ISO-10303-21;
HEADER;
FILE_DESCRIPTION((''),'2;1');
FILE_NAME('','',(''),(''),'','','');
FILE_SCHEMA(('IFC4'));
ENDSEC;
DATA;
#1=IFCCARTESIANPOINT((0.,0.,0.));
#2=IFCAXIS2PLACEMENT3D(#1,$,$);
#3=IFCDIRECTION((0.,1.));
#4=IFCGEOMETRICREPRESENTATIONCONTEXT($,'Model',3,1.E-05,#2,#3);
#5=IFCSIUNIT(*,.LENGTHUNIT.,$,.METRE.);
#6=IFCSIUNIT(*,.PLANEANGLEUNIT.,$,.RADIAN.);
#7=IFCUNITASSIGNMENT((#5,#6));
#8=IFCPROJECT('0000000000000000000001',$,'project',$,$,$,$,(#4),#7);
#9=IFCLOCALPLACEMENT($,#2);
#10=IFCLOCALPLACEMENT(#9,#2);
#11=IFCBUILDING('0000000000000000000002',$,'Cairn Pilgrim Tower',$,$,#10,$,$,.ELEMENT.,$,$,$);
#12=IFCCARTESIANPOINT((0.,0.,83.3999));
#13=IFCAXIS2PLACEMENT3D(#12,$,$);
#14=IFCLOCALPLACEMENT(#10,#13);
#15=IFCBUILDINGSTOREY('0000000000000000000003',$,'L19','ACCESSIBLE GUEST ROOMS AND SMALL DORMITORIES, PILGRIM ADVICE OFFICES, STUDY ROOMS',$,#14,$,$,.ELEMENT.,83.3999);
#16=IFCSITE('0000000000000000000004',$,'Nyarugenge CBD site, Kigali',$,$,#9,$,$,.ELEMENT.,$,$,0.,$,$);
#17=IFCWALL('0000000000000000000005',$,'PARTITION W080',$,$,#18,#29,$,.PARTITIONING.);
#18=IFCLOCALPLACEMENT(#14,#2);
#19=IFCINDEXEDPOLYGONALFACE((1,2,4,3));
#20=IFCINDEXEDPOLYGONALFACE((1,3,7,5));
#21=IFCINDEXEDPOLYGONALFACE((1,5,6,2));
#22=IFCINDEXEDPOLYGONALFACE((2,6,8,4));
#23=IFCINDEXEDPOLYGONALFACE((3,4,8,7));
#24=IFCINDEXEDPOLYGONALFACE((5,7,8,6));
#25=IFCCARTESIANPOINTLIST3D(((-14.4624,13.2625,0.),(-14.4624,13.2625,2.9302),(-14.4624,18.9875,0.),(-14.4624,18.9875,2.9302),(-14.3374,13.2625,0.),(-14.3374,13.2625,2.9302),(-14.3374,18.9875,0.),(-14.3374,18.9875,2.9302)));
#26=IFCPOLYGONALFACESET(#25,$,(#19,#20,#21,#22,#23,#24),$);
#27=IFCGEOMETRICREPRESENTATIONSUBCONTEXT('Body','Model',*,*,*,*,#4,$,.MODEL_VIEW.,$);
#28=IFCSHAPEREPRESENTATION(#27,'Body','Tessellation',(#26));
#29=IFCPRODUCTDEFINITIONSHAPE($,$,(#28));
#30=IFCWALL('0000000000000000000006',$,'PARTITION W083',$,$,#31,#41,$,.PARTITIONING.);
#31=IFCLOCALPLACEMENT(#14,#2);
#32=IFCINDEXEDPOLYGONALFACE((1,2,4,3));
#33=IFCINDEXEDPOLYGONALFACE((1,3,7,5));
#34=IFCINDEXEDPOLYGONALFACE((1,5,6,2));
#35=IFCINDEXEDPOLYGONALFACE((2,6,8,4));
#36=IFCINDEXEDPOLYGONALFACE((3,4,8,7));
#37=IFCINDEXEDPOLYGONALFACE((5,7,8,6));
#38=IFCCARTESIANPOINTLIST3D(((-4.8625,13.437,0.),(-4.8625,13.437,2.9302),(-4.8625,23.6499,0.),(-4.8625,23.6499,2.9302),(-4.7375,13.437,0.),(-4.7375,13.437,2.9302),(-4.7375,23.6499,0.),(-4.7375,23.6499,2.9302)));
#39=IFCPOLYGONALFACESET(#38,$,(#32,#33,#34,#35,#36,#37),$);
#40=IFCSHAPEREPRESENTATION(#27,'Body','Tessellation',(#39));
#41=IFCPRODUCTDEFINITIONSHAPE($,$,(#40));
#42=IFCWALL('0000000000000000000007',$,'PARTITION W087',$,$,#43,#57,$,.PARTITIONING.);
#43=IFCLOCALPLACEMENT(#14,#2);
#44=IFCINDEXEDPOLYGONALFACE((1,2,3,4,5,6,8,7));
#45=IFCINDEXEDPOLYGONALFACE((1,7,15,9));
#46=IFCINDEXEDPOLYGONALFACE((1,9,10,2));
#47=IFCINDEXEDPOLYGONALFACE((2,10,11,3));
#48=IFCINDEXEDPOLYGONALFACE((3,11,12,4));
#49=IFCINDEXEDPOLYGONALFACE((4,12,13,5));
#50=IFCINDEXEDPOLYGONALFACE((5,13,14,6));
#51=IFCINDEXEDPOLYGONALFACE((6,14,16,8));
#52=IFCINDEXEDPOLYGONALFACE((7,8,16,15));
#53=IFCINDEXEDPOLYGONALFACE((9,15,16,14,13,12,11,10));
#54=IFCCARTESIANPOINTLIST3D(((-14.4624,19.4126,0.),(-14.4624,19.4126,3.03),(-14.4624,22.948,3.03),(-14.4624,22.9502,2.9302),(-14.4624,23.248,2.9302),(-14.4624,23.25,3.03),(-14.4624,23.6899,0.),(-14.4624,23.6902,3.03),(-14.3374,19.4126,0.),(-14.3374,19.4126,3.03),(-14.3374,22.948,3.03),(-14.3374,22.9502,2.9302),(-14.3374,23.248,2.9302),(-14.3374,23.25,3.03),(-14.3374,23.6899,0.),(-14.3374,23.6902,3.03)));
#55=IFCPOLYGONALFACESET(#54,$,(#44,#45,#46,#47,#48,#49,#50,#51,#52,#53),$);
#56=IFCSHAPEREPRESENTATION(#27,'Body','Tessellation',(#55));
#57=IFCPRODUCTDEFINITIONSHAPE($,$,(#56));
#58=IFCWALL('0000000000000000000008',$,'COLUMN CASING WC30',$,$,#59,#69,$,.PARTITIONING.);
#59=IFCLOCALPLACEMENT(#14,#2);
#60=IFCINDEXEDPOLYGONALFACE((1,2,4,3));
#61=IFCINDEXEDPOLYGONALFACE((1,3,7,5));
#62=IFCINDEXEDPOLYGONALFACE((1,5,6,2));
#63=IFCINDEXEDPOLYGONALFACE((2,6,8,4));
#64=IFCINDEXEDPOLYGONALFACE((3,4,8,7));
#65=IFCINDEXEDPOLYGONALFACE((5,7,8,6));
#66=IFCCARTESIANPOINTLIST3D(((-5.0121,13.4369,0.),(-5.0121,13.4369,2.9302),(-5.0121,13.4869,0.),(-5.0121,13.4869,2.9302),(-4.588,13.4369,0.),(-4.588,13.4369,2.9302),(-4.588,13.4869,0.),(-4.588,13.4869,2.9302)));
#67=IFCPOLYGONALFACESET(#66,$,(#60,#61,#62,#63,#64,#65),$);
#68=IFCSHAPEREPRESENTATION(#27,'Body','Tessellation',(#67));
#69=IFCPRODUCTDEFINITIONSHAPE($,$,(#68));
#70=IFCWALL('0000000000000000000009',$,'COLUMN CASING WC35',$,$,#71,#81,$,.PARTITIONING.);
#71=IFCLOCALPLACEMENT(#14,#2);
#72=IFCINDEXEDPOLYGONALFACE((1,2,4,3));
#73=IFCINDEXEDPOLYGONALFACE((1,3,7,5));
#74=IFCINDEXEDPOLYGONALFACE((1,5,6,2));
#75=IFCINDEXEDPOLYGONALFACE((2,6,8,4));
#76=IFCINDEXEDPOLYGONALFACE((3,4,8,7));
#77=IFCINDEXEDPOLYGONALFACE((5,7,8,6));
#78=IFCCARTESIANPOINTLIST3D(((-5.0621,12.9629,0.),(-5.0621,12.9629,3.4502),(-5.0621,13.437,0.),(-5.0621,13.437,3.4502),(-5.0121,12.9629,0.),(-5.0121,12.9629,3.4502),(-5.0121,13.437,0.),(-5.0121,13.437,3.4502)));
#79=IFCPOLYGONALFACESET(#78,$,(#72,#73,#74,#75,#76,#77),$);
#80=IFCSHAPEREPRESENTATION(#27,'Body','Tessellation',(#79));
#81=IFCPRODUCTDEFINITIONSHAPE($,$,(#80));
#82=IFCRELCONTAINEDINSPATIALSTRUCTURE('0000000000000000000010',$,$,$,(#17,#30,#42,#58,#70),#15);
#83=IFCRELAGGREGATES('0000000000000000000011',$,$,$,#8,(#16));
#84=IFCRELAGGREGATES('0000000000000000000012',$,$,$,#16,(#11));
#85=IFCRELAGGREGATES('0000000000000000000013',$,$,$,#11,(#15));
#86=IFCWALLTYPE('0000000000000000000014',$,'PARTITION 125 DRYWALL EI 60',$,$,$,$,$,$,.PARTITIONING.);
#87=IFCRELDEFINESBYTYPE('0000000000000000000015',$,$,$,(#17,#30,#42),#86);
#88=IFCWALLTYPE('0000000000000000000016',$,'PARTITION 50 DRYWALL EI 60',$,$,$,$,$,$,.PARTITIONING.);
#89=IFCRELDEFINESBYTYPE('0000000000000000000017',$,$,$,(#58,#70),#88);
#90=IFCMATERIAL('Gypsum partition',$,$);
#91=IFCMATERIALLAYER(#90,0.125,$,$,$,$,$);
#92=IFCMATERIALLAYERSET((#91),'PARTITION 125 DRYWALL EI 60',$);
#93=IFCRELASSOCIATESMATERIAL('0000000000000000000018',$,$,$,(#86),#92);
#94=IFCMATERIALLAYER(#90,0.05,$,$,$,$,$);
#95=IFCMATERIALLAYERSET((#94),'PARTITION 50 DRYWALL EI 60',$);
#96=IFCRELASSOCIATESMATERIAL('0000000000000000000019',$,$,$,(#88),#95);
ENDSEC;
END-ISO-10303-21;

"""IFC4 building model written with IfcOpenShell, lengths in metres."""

from ifc_helpers import new_model, si_unit, direction, frame, frame_2d, origin, place, context, subcontext, project, spatial, polyline, rectangle, outline, extrude, material, layer, layer_set, type_object, element, save


model = new_model("IFC4")

# Units and contexts
model_context = context("Model", 3, precision=1e-05, world=origin(), true_north=direction((0.0, 1.0)))
body_context = subcontext(model_context, "Body", "Model", "MODEL_VIEW")
ifc_project = project(units=[si_unit("LENGTHUNIT", "METRE"), si_unit("PLANEANGLEUNIT", "RADIAN")], contexts=[model_context])

# Site, building, storey
site_placement = place(None, origin())
site = spatial("IfcSite", under=ifc_project, at=site_placement, Name="Nyarugenge CBD site, Kigali", CompositionType="ELEMENT", RefElevation=0.0)
building_placement = place(site_placement, origin())
building = spatial("IfcBuilding", under=site, at=building_placement, Name="Cairn Pilgrim Tower", CompositionType="ELEMENT")
storey_placement = place(building_placement, frame((0.0, 0.0, 83.3999)))
storey = spatial("IfcBuildingStorey", under=building, at=storey_placement, Name="L19", Description="ACCESSIBLE GUEST ROOMS AND SMALL DORMITORIES, PILGRIM ADVICE OFFICES, STUDY ROOMS", CompositionType="ELEMENT", Elevation=83.3999)

# Shared definitions
ifc_material_1 = material(Name="Gypsum partition")
ifc_layer_1 = layer(ifc_material_1, 0.125)
ifc_layer_set_1 = layer_set([ifc_layer_1], Name="PARTITION 125 DRYWALL EI 60")
wall_type_1 = type_object("IfcWallType", Name="PARTITION 125 DRYWALL EI 60", PredefinedType="PARTITIONING", material=ifc_layer_set_1)

# Walls
wall_1_placement = place(storey_placement, frame((-14.3999, 13.2625, 0.0), z_axis=(0.0, 0.0, 1.0), x_axis=(0.0, 1.0, 0.0)))
element("IfcWall", 1, at=wall_1_placement, inside=storey, type_object=wall_type_1, Name="PARTITION W080", PredefinedType="PARTITIONING", context=body_context, shape_type="SweptSolid", body=[
    extrude(rectangle(XDim=5.7251, YDim=0.125, at=frame_2d((2.8625, 0.0))), origin(), (0.0, 0.0, 1.0), 2.9302),
])
wall_2_placement = place(storey_placement, frame((-4.8, 13.437, 0.0), z_axis=(0.0, 0.0, 1.0), x_axis=(0.0, 1.0, 0.0)))
element("IfcWall", 2, at=wall_2_placement, inside=storey, type_object=wall_type_1, Name="PARTITION W083", PredefinedType="PARTITIONING", context=body_context, shape_type="SweptSolid", body=[
    extrude(rectangle(XDim=10.2129, YDim=0.125, at=frame_2d((5.1064, 0.0))), origin(), (0.0, 0.0, 1.0), 2.9302),
])
wall_3_placement = place(storey_placement, frame((-14.3999, 19.4126, 0.0), z_axis=(0.0, 0.0, 1.0), x_axis=(0.0, 1.0, 0.0)))
element("IfcWall", 3, at=wall_3_placement, inside=storey, type_object=wall_type_1, Name="PARTITION W087", PredefinedType="PARTITIONING", context=body_context, shape_type="SweptSolid", body=[
    extrude(outline(polyline([(0.0, 0.0), (4.2773, 0.0), (4.2776, 3.03), (3.8374, 3.03), (3.8354, 2.9302), (3.5376, 2.9302), (3.5354, 3.03), (0.0, 3.03), (0.0, 0.0)])), frame((0.0, 0.0625, 0.0), z_axis=(0.0, -1.0, 0.0), x_axis=(1.0, 0.0, 0.0)), (0.0, 0.0, 1.0), 0.125),
])
ifc_layer_2 = layer(ifc_material_1, 0.05)
ifc_layer_set_2 = layer_set([ifc_layer_2], Name="PARTITION 50 DRYWALL EI 60")
wall_type_2 = type_object("IfcWallType", Name="PARTITION 50 DRYWALL EI 60", PredefinedType="PARTITIONING", material=ifc_layer_set_2)
wall_4_placement = place(storey_placement, frame((-5.012, 13.4619, 0.0), z_axis=(0.0, 0.0, 1.0), x_axis=(1.0, 0.0, 0.0)))
element("IfcWall", 4, at=wall_4_placement, inside=storey, type_object=wall_type_2, Name="COLUMN CASING WC30", PredefinedType="PARTITIONING", context=body_context, shape_type="SweptSolid", body=[
    extrude(rectangle(XDim=0.4241, YDim=0.05, at=frame_2d((0.2119, 0.0))), origin(), (0.0, 0.0, 1.0), 2.9302),
])
wall_5_placement = place(storey_placement, frame((-5.0371, 12.9629, 0.0), z_axis=(0.0, 0.0, 1.0), x_axis=(0.0, 1.0, 0.0)))
element("IfcWall", 5, at=wall_5_placement, inside=storey, type_object=wall_type_2, Name="COLUMN CASING WC35", PredefinedType="PARTITIONING", context=body_context, shape_type="SweptSolid", body=[
    extrude(rectangle(XDim=0.4741, YDim=0.05, at=frame_2d((0.2371, 0.0))), origin(), (0.0, 0.0, 1.0), 3.4502),
])

save(model, "model.ifc")
